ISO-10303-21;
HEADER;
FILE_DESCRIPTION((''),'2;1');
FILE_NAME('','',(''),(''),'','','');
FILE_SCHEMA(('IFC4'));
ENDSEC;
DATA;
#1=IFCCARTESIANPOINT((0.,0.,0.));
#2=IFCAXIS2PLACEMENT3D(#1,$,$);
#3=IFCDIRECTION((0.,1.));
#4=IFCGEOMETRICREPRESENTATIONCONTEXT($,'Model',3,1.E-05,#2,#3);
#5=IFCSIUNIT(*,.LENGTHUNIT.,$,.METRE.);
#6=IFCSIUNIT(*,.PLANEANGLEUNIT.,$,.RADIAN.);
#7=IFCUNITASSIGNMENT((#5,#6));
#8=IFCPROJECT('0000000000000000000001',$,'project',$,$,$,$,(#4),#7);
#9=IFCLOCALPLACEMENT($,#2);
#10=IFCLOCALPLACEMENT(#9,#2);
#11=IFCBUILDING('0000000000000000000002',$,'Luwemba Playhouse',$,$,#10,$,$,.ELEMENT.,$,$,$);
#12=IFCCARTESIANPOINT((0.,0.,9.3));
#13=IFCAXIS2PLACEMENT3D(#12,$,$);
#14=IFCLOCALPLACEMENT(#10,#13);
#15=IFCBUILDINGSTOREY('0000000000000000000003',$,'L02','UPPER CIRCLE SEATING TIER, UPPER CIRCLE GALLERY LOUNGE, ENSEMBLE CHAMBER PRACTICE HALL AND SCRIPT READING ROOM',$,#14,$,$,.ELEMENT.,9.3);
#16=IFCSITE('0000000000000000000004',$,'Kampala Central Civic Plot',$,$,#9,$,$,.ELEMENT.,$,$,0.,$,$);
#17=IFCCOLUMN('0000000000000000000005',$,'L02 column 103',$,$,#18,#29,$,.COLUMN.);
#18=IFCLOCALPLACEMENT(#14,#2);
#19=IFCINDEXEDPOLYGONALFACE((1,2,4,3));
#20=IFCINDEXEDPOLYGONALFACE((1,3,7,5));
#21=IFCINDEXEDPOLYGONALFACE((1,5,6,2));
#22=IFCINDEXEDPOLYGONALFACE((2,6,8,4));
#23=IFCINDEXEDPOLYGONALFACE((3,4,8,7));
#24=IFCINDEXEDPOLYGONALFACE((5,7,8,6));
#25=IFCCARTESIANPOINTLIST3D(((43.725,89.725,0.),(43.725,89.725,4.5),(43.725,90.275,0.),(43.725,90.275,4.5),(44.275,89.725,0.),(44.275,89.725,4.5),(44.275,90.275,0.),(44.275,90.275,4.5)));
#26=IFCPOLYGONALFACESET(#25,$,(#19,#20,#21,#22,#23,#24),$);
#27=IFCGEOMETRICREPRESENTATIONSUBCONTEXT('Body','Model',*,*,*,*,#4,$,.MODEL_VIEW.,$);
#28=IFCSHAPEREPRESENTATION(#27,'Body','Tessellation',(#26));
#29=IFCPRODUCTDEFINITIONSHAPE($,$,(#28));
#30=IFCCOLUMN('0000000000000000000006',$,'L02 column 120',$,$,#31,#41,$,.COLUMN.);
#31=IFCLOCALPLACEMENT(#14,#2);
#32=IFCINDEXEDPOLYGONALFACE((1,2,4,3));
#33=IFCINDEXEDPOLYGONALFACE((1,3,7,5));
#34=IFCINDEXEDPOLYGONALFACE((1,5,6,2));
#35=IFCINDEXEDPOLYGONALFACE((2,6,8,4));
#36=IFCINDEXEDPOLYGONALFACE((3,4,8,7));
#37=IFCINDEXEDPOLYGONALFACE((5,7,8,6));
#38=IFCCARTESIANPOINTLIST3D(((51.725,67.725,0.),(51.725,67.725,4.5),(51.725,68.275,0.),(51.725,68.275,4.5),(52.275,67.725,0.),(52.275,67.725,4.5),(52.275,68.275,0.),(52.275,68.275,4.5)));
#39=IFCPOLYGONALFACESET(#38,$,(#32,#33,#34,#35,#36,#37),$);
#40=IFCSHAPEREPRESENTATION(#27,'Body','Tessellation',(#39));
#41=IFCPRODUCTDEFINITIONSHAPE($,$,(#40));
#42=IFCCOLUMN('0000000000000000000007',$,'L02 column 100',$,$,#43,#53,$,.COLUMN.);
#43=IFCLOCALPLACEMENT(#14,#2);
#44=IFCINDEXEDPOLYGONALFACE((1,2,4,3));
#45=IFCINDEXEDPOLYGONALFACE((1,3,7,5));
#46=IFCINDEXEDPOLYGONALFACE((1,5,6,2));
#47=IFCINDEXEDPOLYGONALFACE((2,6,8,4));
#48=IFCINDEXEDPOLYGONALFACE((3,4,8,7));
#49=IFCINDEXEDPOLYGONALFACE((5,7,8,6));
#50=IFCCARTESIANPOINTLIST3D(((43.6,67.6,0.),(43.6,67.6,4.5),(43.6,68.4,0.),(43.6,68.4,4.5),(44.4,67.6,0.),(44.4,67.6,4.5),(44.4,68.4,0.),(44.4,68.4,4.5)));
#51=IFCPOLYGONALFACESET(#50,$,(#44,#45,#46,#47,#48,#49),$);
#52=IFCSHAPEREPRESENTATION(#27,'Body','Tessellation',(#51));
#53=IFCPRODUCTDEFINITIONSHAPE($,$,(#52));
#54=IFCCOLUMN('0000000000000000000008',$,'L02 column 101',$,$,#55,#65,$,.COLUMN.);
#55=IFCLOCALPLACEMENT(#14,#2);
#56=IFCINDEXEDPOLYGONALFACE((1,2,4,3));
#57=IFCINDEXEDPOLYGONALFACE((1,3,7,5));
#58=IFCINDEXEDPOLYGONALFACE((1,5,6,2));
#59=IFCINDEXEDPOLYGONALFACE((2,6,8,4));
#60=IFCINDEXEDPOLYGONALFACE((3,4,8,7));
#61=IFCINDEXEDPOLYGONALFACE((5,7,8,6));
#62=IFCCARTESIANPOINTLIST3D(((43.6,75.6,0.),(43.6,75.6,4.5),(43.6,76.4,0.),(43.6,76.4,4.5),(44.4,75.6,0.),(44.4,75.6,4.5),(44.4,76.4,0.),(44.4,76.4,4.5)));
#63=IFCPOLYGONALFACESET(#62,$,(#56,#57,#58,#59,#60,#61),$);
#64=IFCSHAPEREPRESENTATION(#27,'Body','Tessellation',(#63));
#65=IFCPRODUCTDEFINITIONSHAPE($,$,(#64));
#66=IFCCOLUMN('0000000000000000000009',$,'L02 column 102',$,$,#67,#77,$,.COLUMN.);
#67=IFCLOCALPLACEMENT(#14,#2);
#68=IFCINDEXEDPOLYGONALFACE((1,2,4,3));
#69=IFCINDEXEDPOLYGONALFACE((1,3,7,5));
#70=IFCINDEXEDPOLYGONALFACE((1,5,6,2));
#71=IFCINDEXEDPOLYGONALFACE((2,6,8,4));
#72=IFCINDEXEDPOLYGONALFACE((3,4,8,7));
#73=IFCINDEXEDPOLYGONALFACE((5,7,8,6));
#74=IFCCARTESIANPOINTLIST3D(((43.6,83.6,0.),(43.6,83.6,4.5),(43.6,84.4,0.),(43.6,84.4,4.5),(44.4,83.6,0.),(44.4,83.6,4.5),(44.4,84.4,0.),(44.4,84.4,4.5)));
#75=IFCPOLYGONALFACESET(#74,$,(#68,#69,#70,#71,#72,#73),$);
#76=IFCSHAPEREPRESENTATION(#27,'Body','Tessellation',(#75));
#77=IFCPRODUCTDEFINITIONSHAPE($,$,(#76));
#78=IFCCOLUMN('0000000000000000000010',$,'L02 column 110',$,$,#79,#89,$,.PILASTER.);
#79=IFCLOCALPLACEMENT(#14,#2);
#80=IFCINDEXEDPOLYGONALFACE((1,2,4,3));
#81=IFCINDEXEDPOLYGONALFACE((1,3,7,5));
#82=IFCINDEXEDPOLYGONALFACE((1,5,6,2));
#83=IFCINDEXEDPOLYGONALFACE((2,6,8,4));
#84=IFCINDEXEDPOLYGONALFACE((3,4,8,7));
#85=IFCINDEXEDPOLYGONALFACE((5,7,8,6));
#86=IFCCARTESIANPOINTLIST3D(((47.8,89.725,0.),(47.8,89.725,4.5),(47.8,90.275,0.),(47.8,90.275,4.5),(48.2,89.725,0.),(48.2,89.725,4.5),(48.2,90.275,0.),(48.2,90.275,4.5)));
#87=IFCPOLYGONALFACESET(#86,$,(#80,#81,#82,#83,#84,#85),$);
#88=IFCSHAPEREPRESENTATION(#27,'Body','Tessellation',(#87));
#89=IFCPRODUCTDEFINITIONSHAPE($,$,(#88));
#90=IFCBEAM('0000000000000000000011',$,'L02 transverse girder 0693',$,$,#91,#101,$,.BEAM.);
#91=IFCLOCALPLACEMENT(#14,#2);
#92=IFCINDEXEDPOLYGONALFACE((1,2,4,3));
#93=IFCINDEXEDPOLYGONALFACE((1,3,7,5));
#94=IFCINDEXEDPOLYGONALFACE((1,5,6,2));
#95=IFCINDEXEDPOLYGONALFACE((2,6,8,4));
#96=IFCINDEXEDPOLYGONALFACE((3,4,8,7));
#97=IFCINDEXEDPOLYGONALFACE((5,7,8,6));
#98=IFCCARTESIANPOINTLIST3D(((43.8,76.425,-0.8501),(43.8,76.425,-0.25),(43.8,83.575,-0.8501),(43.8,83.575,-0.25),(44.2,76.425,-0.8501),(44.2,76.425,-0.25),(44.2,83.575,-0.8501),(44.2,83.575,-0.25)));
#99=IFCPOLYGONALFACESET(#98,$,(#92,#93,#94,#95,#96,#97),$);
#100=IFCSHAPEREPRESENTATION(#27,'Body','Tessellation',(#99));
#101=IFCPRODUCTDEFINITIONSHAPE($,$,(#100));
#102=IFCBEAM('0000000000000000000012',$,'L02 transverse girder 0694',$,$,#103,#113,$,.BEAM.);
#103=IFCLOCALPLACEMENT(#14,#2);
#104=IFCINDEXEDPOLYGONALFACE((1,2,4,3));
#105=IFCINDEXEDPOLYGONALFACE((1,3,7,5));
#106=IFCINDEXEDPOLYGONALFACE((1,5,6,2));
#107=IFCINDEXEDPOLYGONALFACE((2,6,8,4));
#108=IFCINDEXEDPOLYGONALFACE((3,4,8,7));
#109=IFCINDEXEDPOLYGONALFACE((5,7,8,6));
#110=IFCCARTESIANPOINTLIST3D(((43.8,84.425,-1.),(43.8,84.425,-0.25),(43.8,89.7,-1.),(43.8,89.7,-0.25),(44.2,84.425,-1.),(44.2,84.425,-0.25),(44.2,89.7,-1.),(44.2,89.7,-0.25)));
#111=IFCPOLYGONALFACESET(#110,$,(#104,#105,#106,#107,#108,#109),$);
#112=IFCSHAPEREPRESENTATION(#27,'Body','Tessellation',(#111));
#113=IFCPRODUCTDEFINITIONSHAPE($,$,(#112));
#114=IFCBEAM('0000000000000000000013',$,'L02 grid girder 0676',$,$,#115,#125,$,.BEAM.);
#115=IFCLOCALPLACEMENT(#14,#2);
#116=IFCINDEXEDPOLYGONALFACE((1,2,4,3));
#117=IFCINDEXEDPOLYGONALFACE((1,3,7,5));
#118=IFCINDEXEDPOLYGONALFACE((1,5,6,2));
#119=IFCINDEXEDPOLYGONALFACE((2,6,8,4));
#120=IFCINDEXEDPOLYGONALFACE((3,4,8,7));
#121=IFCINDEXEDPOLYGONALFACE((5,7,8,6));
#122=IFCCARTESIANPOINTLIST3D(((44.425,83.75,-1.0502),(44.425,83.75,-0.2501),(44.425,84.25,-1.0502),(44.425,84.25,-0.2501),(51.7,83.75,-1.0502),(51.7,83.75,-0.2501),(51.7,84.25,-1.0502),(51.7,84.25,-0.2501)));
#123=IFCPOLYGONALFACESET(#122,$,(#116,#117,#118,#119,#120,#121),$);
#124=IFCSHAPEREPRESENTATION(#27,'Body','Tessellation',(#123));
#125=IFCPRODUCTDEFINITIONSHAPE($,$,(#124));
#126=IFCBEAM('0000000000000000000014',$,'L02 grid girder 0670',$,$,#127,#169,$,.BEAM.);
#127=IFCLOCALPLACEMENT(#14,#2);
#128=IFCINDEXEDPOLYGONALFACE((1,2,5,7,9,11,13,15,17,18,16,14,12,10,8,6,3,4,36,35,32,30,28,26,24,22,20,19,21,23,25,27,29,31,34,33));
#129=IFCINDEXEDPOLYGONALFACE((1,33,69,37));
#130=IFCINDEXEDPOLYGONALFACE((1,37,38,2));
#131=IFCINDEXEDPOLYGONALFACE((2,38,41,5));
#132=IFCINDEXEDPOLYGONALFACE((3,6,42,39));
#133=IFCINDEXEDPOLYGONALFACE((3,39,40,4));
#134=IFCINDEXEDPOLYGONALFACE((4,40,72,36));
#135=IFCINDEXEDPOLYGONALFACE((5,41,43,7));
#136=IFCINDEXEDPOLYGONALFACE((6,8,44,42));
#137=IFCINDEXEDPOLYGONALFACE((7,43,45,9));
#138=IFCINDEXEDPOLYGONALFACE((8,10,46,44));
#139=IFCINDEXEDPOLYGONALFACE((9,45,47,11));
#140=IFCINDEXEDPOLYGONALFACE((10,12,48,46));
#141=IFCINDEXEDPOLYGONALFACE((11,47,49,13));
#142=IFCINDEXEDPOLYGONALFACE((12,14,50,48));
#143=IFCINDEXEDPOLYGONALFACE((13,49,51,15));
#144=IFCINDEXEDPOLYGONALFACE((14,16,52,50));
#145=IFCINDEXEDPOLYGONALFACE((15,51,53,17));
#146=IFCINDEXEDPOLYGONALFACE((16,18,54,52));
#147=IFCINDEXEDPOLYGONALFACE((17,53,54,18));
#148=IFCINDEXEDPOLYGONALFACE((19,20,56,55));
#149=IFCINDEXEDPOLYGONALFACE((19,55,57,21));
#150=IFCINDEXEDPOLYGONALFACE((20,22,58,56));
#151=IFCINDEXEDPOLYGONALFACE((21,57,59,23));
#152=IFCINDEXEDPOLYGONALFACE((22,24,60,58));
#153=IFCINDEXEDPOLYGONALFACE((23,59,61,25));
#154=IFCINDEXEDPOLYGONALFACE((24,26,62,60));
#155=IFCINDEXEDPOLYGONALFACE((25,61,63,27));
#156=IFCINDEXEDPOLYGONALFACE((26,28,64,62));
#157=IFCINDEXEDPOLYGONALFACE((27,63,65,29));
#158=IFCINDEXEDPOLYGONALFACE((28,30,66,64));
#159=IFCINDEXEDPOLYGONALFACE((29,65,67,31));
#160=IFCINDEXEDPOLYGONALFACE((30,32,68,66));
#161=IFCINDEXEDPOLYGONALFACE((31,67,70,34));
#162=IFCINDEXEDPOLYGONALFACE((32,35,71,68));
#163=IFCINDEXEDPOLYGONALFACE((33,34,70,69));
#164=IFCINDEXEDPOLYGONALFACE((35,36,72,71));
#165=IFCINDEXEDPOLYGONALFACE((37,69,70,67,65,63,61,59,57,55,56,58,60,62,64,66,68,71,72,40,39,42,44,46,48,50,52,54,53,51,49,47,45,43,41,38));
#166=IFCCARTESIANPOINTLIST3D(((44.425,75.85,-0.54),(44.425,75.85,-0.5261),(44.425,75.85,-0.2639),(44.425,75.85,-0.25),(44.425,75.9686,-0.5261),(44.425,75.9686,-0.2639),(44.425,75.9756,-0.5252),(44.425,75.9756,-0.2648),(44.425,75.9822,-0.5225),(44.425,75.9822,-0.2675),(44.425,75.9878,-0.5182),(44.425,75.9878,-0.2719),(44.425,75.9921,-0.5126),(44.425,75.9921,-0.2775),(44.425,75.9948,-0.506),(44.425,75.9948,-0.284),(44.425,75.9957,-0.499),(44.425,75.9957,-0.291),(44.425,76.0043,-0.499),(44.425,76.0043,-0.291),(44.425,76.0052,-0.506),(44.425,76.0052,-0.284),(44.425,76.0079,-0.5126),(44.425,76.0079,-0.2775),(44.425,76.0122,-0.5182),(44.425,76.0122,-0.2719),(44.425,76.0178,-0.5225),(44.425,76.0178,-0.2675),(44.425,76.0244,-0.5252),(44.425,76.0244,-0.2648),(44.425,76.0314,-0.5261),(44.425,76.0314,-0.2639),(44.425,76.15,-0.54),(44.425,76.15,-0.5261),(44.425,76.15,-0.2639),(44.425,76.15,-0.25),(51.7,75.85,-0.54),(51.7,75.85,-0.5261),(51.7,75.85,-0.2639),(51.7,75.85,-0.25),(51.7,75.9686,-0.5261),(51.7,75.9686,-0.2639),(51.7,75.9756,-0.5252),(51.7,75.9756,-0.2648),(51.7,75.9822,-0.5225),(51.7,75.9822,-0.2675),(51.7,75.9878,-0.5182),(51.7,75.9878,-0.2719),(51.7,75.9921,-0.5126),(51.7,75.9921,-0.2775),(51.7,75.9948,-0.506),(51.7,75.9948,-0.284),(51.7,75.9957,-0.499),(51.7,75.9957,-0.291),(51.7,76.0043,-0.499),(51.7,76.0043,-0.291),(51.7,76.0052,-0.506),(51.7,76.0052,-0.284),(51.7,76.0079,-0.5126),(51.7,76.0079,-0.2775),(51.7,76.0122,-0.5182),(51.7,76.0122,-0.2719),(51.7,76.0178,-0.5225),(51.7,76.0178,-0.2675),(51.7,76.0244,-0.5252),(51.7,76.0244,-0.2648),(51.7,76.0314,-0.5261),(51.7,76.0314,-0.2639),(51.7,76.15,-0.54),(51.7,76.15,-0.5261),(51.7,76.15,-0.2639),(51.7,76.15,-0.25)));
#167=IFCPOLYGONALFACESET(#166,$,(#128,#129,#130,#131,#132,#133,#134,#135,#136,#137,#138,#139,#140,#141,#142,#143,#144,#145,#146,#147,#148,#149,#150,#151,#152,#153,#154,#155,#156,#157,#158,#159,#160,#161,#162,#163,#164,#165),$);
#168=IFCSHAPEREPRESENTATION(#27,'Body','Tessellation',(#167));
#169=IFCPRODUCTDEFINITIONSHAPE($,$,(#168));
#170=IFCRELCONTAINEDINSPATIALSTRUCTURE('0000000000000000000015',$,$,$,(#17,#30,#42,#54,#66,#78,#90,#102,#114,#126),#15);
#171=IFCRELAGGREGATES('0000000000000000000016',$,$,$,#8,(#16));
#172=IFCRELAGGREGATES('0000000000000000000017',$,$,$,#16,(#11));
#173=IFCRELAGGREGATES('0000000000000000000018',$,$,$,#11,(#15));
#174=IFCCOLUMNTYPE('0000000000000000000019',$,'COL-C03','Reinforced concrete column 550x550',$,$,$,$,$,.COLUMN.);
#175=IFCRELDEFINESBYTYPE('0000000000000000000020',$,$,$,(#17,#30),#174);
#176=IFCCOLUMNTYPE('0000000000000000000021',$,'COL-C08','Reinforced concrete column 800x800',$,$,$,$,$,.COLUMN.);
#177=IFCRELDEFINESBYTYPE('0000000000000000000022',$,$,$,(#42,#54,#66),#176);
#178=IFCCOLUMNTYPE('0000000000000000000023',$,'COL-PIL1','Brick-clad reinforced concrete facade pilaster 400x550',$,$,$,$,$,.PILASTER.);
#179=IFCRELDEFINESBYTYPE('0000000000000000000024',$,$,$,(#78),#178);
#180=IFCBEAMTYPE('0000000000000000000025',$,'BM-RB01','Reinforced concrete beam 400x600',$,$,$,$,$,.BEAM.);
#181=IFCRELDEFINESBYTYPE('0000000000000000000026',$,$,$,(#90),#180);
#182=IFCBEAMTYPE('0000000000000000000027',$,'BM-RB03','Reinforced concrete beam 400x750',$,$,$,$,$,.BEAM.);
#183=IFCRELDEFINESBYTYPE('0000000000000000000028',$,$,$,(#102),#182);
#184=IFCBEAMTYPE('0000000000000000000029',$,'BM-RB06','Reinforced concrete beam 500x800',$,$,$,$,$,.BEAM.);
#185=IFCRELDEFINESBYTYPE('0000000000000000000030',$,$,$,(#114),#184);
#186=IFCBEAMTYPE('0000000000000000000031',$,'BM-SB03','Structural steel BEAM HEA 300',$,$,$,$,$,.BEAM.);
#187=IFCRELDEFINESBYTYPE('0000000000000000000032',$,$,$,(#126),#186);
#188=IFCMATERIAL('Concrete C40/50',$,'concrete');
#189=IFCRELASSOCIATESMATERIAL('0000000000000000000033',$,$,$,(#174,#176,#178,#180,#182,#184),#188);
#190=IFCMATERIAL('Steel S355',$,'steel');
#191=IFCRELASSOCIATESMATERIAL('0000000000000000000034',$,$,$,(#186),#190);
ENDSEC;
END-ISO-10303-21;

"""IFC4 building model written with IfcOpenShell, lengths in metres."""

from ifc_helpers import new_model, si_unit, direction, frame, origin, origin_2d, place, context, subcontext, project, spatial, rectangle, i_section, extrude, material, material_profile, profile_set, type_object, element, save


model = new_model("IFC4")

# Units and contexts
model_context = context("Model", 3, precision=1e-05, world=origin(), true_north=direction((0.0, 1.0)))
body_context = subcontext(model_context, "Body", "Model", "MODEL_VIEW")
ifc_project = project(units=[si_unit("LENGTHUNIT", "METRE"), si_unit("PLANEANGLEUNIT", "RADIAN")], contexts=[model_context])

# Site, building, storey
site_placement = place(None, origin())
site = spatial("IfcSite", under=ifc_project, at=site_placement, Name="Kampala Central Civic Plot", CompositionType="ELEMENT", RefElevation=0.0)
building_placement = place(site_placement, origin())
building = spatial("IfcBuilding", under=site, at=building_placement, Name="Luwemba Playhouse", CompositionType="ELEMENT")
storey_placement = place(building_placement, frame((0.0, 0.0, 9.3)))
storey = spatial("IfcBuildingStorey", under=building, at=storey_placement, Name="L02", Description="UPPER CIRCLE SEATING TIER, UPPER CIRCLE GALLERY LOUNGE, ENSEMBLE CHAMBER PRACTICE HALL AND SCRIPT READING ROOM", CompositionType="ELEMENT", Elevation=9.3)

# Columns
ifc_material_1 = material(Name="Concrete C40/50", Category="concrete")
ifc_material_profile_1 = material_profile(ifc_material_1, rectangle(XDim=0.55, YDim=0.55, at=origin_2d()))
ifc_profile_set_1 = profile_set([ifc_material_profile_1], Name="Concrete C40/50")
column_type_1 = type_object("IfcColumnType", Name="COL-C03", Description="Reinforced concrete column 550x550", PredefinedType="COLUMN", material=ifc_profile_set_1)
for number, where, z_axis, x_axis, name in (
    (1, (44.0, 90.0, 0.0), (0.0, 0.0, 1.0), (1.0, 0.0, 0.0), "L02 column 103"),
    (2, (52.0, 68.0, 0.0), (0.0, 0.0, 1.0), (1.0, 0.0, 0.0), "L02 column 120"),
):
    element("IfcColumn", number, at=place(storey_placement, frame(where, z_axis=z_axis, x_axis=x_axis)), inside=storey, type_object=column_type_1, Name=name, PredefinedType="COLUMN", context=body_context, shape_type="SweptSolid", body=[
        extrude(rectangle(XDim=0.55, YDim=0.55, at=origin_2d()), origin(), (0.0, 0.0, 1.0), 4.5),
    ])
ifc_material_profile_2 = material_profile(ifc_material_1, rectangle(XDim=0.8, YDim=0.8, at=origin_2d()))
ifc_profile_set_2 = profile_set([ifc_material_profile_2], Name="Concrete C40/50")
column_type_2 = type_object("IfcColumnType", Name="COL-C08", Description="Reinforced concrete column 800x800", PredefinedType="COLUMN", material=ifc_profile_set_2)
for number, where, z_axis, x_axis, name in (
    (3, (44.0, 68.0, 0.0), (0.0, 0.0, 1.0), (1.0, 0.0, 0.0), "L02 column 100"),
    (4, (44.0, 76.0, 0.0), (0.0, 0.0, 1.0), (1.0, 0.0, 0.0), "L02 column 101"),
    (5, (44.0, 84.0, 0.0), (0.0, 0.0, 1.0), (1.0, 0.0, 0.0), "L02 column 102"),
):
    element("IfcColumn", number, at=place(storey_placement, frame(where, z_axis=z_axis, x_axis=x_axis)), inside=storey, type_object=column_type_2, Name=name, PredefinedType="COLUMN", context=body_context, shape_type="SweptSolid", body=[
        extrude(rectangle(XDim=0.8, YDim=0.8, at=origin_2d()), origin(), (0.0, 0.0, 1.0), 4.5),
    ])
ifc_material_profile_3 = material_profile(ifc_material_1, rectangle(XDim=0.3999, YDim=0.55, at=origin_2d()))
ifc_profile_set_3 = profile_set([ifc_material_profile_3], Name="Concrete C40/50")
column_type_3 = type_object("IfcColumnType", Name="COL-PIL1", Description="Brick-clad reinforced concrete facade pilaster 400x550", PredefinedType="PILASTER", material=ifc_profile_set_3)
column_placement = place(storey_placement, frame((48.0, 90.0, 0.0), z_axis=(0.0, 0.0, 1.0), x_axis=(1.0, 0.0, 0.0)))
element("IfcColumn", 6, at=column_placement, inside=storey, type_object=column_type_3, Name="L02 column 110", PredefinedType="PILASTER", context=body_context, shape_type="SweptSolid", body=[
    extrude(rectangle(XDim=0.3999, YDim=0.55, at=origin_2d()), origin(), (0.0, 0.0, 1.0), 4.5),
])

# Beams
ifc_material_profile_4 = material_profile(ifc_material_1, rectangle(XDim=0.3999, YDim=0.6001, at=origin_2d()))
ifc_profile_set_4 = profile_set([ifc_material_profile_4], Name="Concrete C40/50")
beam_type_1 = type_object("IfcBeamType", Name="BM-RB01", Description="Reinforced concrete beam 400x600", PredefinedType="BEAM", material=ifc_profile_set_4)
beam_1_placement = place(storey_placement, frame((44.0, 76.425, -0.55), z_axis=(0.0, 1.0, 0.0), x_axis=(-1.0, 0.0, 0.0)))
element("IfcBeam", 7, at=beam_1_placement, inside=storey, type_object=beam_type_1, Name="L02 transverse girder 0693", PredefinedType="BEAM", context=body_context, shape_type="SweptSolid", body=[
    extrude(rectangle(XDim=0.3999, YDim=0.6001, at=origin_2d()), origin(), (0.0, 0.0, 1.0), 7.1499),
])
ifc_material_profile_5 = material_profile(ifc_material_1, rectangle(XDim=0.3999, YDim=0.75, at=origin_2d()))
ifc_profile_set_5 = profile_set([ifc_material_profile_5], Name="Concrete C40/50")
beam_type_2 = type_object("IfcBeamType", Name="BM-RB03", Description="Reinforced concrete beam 400x750", PredefinedType="BEAM", material=ifc_profile_set_5)
beam_2_placement = place(storey_placement, frame((44.0, 84.425, -0.625), z_axis=(0.0, 1.0, 0.0), x_axis=(-1.0, 0.0, 0.0)))
element("IfcBeam", 8, at=beam_2_placement, inside=storey, type_object=beam_type_2, Name="L02 transverse girder 0694", PredefinedType="BEAM", context=body_context, shape_type="SweptSolid", body=[
    extrude(rectangle(XDim=0.3999, YDim=0.75, at=origin_2d()), origin(), (0.0, 0.0, 1.0), 5.2749),
])
ifc_material_profile_6 = material_profile(ifc_material_1, rectangle(XDim=0.5, YDim=0.8, at=origin_2d()))
ifc_profile_set_6 = profile_set([ifc_material_profile_6], Name="Concrete C40/50")
beam_type_3 = type_object("IfcBeamType", Name="BM-RB06", Description="Reinforced concrete beam 500x800", PredefinedType="BEAM", material=ifc_profile_set_6)
beam_3_placement = place(storey_placement, frame((44.425, 84.0, -0.6501), z_axis=(1.0, 0.0, 0.0), x_axis=(0.0, 1.0, 0.0)))
element("IfcBeam", 9, at=beam_3_placement, inside=storey, type_object=beam_type_3, Name="L02 grid girder 0676", PredefinedType="BEAM", context=body_context, shape_type="SweptSolid", body=[
    extrude(rectangle(XDim=0.5, YDim=0.8, at=origin_2d()), origin(), (0.0, 0.0, 1.0), 7.2749),
])
ifc_material_2 = material(Name="Steel S355", Category="steel")
ifc_material_profile_7 = material_profile(ifc_material_2, i_section(OverallWidth=0.3, OverallDepth=0.29, WebThickness=0.0085, FlangeThickness=0.0139, FilletRadius=0.0271, at=origin_2d()))
ifc_profile_set_7 = profile_set([ifc_material_profile_7], Name="Steel S355")
beam_type_4 = type_object("IfcBeamType", Name="BM-SB03", Description="Structural steel BEAM HEA 300", PredefinedType="BEAM", material=ifc_profile_set_7)
beam_4_placement = place(storey_placement, frame((44.425, 76.0, -0.395), z_axis=(1.0, 0.0, 0.0), x_axis=(0.0, 1.0, 0.0)))
element("IfcBeam", 10, at=beam_4_placement, inside=storey, type_object=beam_type_4, Name="L02 grid girder 0670", PredefinedType="BEAM", context=body_context, shape_type="SweptSolid", body=[
    extrude(i_section(OverallWidth=0.3, OverallDepth=0.29, WebThickness=0.0085, FlangeThickness=0.0139, FilletRadius=0.0271, at=origin_2d()), origin(), (0.0, 0.0, 1.0), 7.2749),
])

save(model, "model.ifc")
